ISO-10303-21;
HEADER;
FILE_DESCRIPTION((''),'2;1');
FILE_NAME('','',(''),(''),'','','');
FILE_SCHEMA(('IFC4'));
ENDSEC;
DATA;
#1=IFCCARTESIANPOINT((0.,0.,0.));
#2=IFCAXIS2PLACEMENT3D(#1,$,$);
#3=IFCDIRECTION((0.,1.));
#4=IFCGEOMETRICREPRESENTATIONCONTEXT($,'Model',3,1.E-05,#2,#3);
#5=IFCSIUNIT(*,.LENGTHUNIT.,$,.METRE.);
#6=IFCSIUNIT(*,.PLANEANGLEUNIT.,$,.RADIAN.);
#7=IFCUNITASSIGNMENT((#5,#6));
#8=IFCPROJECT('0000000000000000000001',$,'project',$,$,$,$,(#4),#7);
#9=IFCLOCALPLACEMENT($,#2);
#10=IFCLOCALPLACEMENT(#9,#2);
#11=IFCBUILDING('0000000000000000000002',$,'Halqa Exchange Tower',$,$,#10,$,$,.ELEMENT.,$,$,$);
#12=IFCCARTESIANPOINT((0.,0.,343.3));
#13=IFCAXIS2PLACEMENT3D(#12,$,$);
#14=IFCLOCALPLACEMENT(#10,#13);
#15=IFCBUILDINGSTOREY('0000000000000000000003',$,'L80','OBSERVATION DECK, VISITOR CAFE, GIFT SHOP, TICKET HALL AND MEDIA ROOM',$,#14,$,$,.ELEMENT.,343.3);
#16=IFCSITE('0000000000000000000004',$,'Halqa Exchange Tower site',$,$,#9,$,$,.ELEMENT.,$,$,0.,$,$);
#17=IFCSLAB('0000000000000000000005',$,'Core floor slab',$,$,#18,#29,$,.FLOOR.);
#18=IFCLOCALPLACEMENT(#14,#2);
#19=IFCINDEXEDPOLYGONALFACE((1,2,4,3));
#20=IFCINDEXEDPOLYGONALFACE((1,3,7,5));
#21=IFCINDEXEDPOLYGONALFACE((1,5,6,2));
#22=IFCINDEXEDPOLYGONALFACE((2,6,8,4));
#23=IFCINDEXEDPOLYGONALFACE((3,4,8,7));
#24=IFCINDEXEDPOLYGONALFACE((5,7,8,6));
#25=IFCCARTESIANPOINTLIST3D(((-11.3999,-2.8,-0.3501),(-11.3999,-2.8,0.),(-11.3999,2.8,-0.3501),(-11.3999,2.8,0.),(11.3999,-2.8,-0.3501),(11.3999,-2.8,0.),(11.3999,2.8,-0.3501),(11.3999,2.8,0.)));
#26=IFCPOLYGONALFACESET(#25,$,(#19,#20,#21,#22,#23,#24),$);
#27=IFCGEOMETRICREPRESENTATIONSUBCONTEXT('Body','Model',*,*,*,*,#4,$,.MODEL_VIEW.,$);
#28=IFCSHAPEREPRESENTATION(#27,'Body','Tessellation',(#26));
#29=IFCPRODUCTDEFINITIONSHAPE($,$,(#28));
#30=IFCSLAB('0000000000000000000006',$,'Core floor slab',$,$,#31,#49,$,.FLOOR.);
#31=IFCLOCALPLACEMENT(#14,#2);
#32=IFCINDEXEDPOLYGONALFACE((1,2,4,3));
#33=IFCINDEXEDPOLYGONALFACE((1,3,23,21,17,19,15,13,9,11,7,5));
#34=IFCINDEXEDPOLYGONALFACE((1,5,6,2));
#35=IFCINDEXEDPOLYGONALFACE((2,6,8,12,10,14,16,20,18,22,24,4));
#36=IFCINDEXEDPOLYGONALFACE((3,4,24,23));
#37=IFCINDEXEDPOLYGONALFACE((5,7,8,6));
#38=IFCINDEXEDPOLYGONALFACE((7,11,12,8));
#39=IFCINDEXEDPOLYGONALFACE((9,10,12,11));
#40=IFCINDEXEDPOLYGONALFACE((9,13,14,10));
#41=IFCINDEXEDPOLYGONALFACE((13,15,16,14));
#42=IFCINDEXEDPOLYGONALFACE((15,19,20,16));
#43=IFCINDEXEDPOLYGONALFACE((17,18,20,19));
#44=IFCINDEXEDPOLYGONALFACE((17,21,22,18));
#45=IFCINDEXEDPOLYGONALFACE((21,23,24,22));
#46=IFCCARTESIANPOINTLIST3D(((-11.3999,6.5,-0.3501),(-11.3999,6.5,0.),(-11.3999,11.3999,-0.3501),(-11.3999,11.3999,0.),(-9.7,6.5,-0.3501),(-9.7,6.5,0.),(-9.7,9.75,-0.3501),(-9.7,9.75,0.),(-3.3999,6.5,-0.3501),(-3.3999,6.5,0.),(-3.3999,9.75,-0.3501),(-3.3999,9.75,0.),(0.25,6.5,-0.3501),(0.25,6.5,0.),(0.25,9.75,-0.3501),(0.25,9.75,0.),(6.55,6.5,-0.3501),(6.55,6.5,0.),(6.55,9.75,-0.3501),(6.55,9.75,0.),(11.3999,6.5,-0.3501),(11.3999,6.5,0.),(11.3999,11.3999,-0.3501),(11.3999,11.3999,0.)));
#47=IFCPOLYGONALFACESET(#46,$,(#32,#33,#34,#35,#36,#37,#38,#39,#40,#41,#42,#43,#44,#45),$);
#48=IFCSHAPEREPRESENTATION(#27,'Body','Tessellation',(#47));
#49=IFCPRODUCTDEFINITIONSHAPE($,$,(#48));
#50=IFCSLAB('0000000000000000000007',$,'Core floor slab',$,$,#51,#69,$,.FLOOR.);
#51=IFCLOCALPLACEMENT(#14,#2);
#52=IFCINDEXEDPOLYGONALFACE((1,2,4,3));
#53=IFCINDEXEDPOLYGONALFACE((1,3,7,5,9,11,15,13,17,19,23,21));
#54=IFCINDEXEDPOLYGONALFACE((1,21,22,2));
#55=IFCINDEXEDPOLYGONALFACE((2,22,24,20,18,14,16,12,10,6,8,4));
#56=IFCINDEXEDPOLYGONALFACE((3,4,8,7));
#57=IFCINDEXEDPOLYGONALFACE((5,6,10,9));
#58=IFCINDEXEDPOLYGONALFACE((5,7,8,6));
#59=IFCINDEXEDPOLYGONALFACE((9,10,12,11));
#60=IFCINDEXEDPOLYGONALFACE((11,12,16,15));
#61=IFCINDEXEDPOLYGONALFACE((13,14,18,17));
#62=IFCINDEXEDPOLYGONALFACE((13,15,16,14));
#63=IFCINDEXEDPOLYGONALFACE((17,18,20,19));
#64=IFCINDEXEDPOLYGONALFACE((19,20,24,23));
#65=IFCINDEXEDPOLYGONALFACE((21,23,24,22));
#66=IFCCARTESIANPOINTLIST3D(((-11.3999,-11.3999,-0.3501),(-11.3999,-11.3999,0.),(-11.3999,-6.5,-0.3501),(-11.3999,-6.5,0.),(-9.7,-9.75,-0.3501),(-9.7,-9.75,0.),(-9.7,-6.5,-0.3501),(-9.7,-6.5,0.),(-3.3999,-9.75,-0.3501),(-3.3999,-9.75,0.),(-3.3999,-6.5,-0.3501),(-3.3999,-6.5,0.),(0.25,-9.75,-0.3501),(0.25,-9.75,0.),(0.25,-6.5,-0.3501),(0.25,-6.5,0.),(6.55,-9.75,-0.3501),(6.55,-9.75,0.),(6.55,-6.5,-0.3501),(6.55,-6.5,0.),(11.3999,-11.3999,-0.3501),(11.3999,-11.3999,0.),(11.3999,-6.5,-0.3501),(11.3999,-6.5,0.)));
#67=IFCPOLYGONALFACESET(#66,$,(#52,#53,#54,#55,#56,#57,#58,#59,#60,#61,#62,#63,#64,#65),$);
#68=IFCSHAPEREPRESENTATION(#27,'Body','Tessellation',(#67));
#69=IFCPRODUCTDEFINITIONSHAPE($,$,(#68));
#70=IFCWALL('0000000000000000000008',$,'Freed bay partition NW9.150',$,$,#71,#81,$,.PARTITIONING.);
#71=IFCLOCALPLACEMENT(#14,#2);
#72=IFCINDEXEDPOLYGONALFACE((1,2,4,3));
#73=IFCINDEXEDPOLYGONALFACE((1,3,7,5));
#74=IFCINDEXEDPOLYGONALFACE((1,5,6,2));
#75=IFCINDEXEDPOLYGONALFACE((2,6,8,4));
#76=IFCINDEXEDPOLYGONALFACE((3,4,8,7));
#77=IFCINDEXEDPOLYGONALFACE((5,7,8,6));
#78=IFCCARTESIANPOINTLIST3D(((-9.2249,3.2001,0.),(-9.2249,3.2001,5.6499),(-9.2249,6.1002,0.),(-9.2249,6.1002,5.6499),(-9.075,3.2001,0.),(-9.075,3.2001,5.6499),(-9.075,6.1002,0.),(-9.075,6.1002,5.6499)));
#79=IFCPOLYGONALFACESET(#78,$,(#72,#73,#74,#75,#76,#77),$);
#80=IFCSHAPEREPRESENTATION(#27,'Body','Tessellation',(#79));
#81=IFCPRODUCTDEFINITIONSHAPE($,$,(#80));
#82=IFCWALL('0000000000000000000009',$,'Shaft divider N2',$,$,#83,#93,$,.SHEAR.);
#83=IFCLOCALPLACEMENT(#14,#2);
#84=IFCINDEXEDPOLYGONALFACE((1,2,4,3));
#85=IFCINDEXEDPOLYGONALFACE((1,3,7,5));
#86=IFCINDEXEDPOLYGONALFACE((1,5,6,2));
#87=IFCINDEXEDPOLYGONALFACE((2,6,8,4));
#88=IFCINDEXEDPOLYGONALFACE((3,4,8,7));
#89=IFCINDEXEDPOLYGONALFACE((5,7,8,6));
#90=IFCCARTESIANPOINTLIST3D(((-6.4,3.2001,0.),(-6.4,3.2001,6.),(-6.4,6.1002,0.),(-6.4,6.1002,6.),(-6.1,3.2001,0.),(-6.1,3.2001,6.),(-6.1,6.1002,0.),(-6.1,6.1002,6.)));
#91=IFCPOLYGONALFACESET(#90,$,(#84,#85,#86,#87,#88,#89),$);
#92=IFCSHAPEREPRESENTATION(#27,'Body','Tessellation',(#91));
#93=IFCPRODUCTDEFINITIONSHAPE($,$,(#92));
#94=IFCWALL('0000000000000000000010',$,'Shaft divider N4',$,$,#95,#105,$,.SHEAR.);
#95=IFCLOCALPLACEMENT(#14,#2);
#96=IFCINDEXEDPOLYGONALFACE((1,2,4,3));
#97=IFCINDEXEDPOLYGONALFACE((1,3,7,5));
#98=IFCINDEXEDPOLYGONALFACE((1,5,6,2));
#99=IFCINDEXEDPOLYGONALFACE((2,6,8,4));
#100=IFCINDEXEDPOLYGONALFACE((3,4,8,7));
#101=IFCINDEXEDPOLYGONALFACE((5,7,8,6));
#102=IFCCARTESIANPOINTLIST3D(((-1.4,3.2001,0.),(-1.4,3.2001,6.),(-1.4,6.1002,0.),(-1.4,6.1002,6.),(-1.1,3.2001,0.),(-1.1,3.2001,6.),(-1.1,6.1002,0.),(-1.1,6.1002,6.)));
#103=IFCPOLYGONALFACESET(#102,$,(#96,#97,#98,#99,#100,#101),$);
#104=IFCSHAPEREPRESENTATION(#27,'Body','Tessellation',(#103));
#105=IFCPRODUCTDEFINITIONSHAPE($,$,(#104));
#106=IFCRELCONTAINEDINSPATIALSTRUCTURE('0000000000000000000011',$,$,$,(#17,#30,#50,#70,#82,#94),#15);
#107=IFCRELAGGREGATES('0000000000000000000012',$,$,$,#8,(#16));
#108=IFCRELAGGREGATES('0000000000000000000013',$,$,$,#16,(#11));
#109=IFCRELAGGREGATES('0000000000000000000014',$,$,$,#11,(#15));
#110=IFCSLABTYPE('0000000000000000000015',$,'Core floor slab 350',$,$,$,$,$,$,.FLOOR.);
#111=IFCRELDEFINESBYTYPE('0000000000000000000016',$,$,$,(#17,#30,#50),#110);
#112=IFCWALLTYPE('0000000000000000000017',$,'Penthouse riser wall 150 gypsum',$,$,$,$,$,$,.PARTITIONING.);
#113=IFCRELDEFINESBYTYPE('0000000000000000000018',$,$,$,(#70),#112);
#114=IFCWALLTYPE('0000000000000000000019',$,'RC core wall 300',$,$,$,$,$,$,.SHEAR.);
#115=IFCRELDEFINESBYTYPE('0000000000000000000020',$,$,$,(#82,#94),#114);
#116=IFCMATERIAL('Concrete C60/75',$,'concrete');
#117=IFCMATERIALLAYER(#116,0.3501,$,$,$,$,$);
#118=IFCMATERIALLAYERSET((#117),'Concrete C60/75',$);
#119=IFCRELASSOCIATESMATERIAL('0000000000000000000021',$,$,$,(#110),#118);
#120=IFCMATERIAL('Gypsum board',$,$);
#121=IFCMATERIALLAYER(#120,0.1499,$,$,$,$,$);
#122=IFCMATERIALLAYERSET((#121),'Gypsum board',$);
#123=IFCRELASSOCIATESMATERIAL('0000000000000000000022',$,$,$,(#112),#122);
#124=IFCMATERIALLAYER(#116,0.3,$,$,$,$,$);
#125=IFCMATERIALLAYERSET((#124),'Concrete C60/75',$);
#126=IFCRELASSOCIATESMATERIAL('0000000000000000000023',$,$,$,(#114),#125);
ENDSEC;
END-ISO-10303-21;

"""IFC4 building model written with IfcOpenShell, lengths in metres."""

from ifc_helpers import new_model, si_unit, direction, frame, frame_2d, origin, place, context, subcontext, project, spatial, polyline, rectangle, outline, extrude, material, layer, layer_set, type_object, element, save


model = new_model("IFC4")

# Units and contexts
model_context = context("Model", 3, precision=1e-05, world=origin(), true_north=direction((0.0, 1.0)))
body_context = subcontext(model_context, "Body", "Model", "MODEL_VIEW")
ifc_project = project(units=[si_unit("LENGTHUNIT", "METRE"), si_unit("PLANEANGLEUNIT", "RADIAN")], contexts=[model_context])

# Site, building, storey
site_placement = place(None, origin())
site = spatial("IfcSite", under=ifc_project, at=site_placement, Name="Halqa Exchange Tower site", CompositionType="ELEMENT", RefElevation=0.0)
building_placement = place(site_placement, origin())
building = spatial("IfcBuilding", under=site, at=building_placement, Name="Halqa Exchange Tower", CompositionType="ELEMENT")
storey_placement = place(building_placement, frame((0.0, 0.0, 343.3)))
storey = spatial("IfcBuildingStorey", under=building, at=storey_placement, Name="L80", Description="OBSERVATION DECK, VISITOR CAFE, GIFT SHOP, TICKET HALL AND MEDIA ROOM", CompositionType="ELEMENT", Elevation=343.3)

# Slabs
ifc_material_1 = material(Name="Concrete C60/75", Category="concrete")
ifc_layer_1 = layer(ifc_material_1, 0.3501)
ifc_layer_set_1 = layer_set([ifc_layer_1], Name="Concrete C60/75")
slab_type = type_object("IfcSlabType", Name="Core floor slab 350", PredefinedType="FLOOR", material=ifc_layer_set_1)
slab_1_placement = place(storey_placement, frame((0.0, 0.0, -0.3501)))
element("IfcSlab", 1, at=slab_1_placement, inside=storey, type_object=slab_type, Name="Core floor slab", PredefinedType="FLOOR", context=body_context, shape_type="SweptSolid", body=[
    extrude(outline(polyline([(11.3999, 2.8), (11.3999, -2.8), (-11.3999, -2.8), (-11.3999, 2.8), (11.3999, 2.8)])), origin(), (0.0, 0.0, 1.0), 0.3501),
])
slab_2_placement = place(storey_placement, frame((0.0, 0.0, -0.3501)))
element("IfcSlab", 2, at=slab_2_placement, inside=storey, type_object=slab_type, Name="Core floor slab", PredefinedType="FLOOR", context=body_context, shape_type="SweptSolid", body=[
    extrude(outline(polyline([(11.3999, 11.3999), (11.3999, 6.5), (6.55, 6.5), (6.55, 9.75), (0.25, 9.75), (0.25, 6.5), (-3.3999, 6.5), (-3.3999, 9.75), (-9.7, 9.75), (-9.7, 6.5), (-11.3999, 6.5), (-11.3999, 11.3999), (11.3999, 11.3999)])), origin(), (0.0, 0.0, 1.0), 0.3501),
])
slab_3_placement = place(storey_placement, frame((0.0, 0.0, -0.3501)))
element("IfcSlab", 3, at=slab_3_placement, inside=storey, type_object=slab_type, Name="Core floor slab", PredefinedType="FLOOR", context=body_context, shape_type="SweptSolid", body=[
    extrude(outline(polyline([(11.3999, -6.5), (11.3999, -11.3999), (-11.3999, -11.3999), (-11.3999, -6.5), (-9.7, -6.5), (-9.7, -9.75), (-3.3999, -9.75), (-3.3999, -6.5), (0.25, -6.5), (0.25, -9.75), (6.55, -9.75), (6.55, -6.5), (11.3999, -6.5)])), origin(), (0.0, 0.0, 1.0), 0.3501),
])

# Walls
ifc_material_2 = material(Name="Gypsum board")
ifc_layer_2 = layer(ifc_material_2, 0.1499)
ifc_layer_set_2 = layer_set([ifc_layer_2], Name="Gypsum board")
wall_type_1 = type_object("IfcWallType", Name="Penthouse riser wall 150 gypsum", PredefinedType="PARTITIONING", material=ifc_layer_set_2)
wall_1_placement = place(storey_placement, frame((-9.1499, 3.2, 0.0), z_axis=(0.0, 0.0, 1.0), x_axis=(0.0, 1.0, 0.0)))
element("IfcWall", 4, at=wall_1_placement, inside=storey, type_object=wall_type_1, Name="Freed bay partition NW9.150", PredefinedType="PARTITIONING", context=body_context, shape_type="SweptSolid", body=[
    extrude(rectangle(XDim=2.9001, YDim=0.1499, at=frame_2d((1.4502, 0.0))), origin(), (0.0, 0.0, 1.0), 5.6499),
])
ifc_layer_3 = layer(ifc_material_1, 0.3)
ifc_layer_set_3 = layer_set([ifc_layer_3], Name="Concrete C60/75")
wall_type_2 = type_object("IfcWallType", Name="RC core wall 300", PredefinedType="SHEAR", material=ifc_layer_set_3)
for number, where, z_axis, x_axis, name in (
    (5, (-6.25, 3.2, 0.0), (0.0, 0.0, 1.0), (0.0, 1.0, 0.0), "Shaft divider N2"),
    (6, (-1.25, 3.2, 0.0), (0.0, 0.0, 1.0), (0.0, 1.0, 0.0), "Shaft divider N4"),
):
    element("IfcWall", number, at=place(storey_placement, frame(where, z_axis=z_axis, x_axis=x_axis)), inside=storey, type_object=wall_type_2, Name=name, PredefinedType="SHEAR", context=body_context, shape_type="SweptSolid", body=[
        extrude(rectangle(XDim=2.9001, YDim=0.3, at=frame_2d((1.4502, 0.0))), origin(), (0.0, 0.0, 1.0), 6.0),
    ])

save(model, "model.ifc")
